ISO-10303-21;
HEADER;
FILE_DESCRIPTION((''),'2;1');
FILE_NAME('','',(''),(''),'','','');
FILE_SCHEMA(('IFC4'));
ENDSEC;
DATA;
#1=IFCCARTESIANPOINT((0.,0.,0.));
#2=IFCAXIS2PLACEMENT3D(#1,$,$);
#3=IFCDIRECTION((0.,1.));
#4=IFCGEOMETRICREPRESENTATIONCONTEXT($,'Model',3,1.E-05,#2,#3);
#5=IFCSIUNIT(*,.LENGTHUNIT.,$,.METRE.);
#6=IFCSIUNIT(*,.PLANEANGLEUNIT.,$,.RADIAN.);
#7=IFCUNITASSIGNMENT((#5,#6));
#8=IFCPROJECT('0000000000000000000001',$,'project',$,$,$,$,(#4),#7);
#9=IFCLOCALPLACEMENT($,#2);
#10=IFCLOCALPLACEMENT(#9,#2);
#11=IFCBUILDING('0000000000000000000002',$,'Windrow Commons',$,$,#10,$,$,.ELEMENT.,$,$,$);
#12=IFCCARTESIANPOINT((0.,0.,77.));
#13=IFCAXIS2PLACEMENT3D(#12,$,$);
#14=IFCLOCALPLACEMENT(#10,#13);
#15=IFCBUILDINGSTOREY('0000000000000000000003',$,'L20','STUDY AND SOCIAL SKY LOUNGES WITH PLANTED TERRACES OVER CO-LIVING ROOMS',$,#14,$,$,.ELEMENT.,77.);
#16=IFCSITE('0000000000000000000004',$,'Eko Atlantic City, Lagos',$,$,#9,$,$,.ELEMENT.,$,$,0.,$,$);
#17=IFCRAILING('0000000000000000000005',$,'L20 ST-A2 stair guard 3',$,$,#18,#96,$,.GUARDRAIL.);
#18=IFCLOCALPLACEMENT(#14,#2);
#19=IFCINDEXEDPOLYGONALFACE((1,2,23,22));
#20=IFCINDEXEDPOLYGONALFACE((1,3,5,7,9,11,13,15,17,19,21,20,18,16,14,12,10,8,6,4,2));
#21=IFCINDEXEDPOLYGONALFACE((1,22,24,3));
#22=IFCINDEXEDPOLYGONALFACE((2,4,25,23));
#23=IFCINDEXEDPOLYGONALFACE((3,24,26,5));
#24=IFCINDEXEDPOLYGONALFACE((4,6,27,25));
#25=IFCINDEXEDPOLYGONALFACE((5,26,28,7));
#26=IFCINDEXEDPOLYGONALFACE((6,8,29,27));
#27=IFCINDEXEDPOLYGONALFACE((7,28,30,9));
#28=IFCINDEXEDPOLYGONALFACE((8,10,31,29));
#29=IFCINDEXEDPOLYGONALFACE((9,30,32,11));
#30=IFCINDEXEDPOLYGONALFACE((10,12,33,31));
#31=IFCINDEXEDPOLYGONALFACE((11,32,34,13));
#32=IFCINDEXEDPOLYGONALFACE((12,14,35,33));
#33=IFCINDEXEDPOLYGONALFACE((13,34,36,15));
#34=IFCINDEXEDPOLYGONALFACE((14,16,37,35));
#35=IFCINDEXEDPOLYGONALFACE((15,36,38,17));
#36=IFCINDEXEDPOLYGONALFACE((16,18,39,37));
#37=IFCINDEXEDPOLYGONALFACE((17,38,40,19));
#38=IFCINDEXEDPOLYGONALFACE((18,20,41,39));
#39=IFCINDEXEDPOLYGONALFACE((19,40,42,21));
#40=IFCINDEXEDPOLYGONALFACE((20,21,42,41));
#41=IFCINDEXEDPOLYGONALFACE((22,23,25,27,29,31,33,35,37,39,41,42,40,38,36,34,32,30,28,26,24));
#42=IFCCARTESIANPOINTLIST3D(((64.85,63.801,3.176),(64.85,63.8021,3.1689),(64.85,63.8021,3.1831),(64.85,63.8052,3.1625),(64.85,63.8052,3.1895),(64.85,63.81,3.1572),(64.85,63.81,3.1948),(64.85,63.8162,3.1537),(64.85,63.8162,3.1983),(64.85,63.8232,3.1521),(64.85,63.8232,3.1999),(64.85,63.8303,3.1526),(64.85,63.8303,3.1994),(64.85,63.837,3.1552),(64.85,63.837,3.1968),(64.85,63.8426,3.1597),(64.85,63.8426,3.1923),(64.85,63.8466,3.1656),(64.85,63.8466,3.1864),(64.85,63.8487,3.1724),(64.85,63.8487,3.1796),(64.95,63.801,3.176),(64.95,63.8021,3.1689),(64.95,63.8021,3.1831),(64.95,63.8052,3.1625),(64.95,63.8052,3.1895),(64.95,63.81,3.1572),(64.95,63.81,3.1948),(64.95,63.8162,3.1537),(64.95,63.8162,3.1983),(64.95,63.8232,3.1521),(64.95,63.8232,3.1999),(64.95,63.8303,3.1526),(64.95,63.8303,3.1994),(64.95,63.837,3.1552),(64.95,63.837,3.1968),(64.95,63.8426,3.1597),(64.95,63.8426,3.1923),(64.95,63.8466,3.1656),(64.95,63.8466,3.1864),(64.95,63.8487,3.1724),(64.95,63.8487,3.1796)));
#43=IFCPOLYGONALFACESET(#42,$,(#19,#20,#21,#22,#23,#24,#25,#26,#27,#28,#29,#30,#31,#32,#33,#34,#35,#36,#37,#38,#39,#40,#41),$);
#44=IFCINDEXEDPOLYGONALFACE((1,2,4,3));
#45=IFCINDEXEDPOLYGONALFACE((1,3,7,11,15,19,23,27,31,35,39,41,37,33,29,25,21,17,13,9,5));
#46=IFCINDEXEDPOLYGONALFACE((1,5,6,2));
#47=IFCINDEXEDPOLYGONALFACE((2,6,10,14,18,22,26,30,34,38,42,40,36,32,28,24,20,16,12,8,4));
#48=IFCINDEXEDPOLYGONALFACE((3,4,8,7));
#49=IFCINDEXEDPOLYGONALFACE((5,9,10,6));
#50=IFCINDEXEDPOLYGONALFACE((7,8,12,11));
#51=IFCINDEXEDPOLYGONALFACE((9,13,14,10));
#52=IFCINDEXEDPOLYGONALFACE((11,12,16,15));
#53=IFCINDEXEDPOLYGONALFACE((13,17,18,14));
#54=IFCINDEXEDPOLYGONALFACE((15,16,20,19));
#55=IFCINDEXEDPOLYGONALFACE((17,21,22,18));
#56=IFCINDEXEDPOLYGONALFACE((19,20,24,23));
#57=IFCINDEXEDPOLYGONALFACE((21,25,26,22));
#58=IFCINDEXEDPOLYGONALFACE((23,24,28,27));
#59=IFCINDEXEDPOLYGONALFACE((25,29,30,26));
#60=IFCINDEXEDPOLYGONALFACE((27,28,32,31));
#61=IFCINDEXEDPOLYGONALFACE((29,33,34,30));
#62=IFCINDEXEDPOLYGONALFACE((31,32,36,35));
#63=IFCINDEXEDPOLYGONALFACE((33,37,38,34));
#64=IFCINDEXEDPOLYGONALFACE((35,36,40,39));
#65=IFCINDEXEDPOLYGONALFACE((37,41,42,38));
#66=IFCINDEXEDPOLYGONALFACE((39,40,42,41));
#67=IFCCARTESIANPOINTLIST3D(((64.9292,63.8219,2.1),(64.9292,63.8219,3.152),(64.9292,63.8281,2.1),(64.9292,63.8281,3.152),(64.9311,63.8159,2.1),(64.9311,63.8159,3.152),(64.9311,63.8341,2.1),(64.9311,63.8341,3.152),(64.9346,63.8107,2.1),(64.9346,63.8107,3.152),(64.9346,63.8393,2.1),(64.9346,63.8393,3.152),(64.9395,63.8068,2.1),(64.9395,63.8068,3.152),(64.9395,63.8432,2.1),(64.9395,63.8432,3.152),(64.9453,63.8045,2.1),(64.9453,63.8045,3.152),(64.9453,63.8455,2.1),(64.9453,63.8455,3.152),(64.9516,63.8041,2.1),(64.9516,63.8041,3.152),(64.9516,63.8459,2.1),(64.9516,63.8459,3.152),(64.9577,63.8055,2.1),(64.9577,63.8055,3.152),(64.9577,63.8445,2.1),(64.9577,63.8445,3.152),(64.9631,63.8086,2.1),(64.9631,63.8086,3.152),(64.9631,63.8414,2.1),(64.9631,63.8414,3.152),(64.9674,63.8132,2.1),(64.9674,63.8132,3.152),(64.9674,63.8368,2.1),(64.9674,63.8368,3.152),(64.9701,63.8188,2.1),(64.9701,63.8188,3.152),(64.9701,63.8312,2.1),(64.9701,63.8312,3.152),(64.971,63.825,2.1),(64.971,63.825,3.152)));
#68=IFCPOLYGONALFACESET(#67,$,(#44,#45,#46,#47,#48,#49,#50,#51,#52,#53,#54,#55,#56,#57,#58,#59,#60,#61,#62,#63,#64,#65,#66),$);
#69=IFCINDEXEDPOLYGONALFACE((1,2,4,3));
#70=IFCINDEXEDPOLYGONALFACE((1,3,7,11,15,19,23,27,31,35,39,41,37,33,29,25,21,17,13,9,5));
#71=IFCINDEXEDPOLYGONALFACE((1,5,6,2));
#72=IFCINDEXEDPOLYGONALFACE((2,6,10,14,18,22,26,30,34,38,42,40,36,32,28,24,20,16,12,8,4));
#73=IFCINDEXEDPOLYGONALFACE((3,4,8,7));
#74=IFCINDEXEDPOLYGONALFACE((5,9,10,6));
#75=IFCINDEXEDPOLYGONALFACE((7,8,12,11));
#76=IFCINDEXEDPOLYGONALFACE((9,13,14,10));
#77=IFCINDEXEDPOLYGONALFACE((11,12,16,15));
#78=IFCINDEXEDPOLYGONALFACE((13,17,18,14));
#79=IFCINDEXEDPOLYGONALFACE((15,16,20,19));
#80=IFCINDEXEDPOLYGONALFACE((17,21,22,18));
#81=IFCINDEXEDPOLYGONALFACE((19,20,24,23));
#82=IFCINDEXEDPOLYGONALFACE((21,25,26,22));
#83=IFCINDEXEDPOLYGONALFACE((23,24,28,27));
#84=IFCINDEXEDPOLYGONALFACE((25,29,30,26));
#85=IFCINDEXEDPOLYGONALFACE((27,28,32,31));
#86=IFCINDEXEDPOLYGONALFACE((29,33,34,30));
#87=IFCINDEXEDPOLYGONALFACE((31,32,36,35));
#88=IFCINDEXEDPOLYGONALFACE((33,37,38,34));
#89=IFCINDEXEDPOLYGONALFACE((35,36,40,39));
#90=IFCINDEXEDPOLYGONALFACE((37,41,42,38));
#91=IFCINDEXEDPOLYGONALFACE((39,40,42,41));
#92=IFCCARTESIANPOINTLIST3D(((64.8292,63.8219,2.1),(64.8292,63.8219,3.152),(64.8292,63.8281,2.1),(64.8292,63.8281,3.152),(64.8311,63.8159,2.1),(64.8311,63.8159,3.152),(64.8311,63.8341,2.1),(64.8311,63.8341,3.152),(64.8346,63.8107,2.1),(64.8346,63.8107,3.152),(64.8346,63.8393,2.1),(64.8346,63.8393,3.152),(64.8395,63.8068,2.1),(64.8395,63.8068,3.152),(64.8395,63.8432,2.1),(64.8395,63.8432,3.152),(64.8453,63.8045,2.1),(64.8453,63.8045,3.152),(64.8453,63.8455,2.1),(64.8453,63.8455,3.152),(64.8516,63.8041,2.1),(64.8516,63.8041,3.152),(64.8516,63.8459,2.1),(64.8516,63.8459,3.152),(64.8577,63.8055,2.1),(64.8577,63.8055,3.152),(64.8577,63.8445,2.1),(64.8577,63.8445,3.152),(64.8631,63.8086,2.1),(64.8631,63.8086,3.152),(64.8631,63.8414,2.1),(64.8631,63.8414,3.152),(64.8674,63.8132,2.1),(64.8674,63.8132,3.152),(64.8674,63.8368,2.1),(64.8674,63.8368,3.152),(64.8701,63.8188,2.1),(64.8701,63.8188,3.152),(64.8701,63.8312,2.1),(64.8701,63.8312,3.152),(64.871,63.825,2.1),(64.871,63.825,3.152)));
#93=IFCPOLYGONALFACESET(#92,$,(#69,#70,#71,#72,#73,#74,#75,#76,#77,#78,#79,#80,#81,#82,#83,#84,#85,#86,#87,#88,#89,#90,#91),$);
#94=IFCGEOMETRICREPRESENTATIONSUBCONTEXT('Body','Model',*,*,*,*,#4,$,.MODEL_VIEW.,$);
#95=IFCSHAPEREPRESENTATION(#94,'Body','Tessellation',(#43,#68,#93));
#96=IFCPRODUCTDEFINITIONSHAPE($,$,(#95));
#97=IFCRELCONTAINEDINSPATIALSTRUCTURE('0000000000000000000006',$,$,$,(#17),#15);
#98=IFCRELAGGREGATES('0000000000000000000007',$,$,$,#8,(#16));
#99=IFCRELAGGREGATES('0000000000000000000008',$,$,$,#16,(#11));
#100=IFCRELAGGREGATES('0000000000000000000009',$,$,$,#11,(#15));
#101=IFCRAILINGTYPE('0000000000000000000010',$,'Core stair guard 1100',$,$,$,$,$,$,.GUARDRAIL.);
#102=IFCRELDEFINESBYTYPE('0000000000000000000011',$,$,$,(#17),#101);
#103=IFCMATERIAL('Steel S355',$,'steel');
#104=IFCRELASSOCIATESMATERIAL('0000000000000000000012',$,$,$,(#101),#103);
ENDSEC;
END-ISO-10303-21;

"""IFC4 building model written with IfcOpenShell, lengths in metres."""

from ifc_helpers import new_model, si_unit, direction, frame, origin, origin_2d, place, context, subcontext, project, spatial, circle, extrude, material, type_object, element, save


model = new_model("IFC4")

# Units and contexts
model_context = context("Model", 3, precision=1e-05, world=origin(), true_north=direction((0.0, 1.0)))
body_context = subcontext(model_context, "Body", "Model", "MODEL_VIEW")
ifc_project = project(units=[si_unit("LENGTHUNIT", "METRE"), si_unit("PLANEANGLEUNIT", "RADIAN")], contexts=[model_context])

# Site, building, storey
site_placement = place(None, origin())
site = spatial("IfcSite", under=ifc_project, at=site_placement, Name="Eko Atlantic City, Lagos", CompositionType="ELEMENT", RefElevation=0.0)
building_placement = place(site_placement, origin())
building = spatial("IfcBuilding", under=site, at=building_placement, Name="Windrow Commons", CompositionType="ELEMENT")
storey_placement = place(building_placement, frame((0.0, 0.0, 77.0)))
storey = spatial("IfcBuildingStorey", under=building, at=storey_placement, Name="L20", Description="STUDY AND SOCIAL SKY LOUNGES WITH PLANTED TERRACES OVER CO-LIVING ROOMS", CompositionType="ELEMENT", Elevation=77.0)

# Railing
ifc_material_1 = material(Name="Steel S355", Category="steel")
railing_type_1 = type_object("IfcRailingType", Name="Core stair guard 1100", PredefinedType="GUARDRAIL", material=ifc_material_1)
railing_1_placement = place(storey_placement, frame((64.95, 63.825, 2.1)))
element("IfcRailing", 1, at=railing_1_placement, inside=storey, type_object=railing_type_1, Name="L20 ST-A2 stair guard 3", PredefinedType="GUARDRAIL", context=body_context, shape_type="SweptSolid", body=[
    extrude(circle(Radius=0.024, at=origin_2d()), frame((0.0, 0.0, 1.076), z_axis=(-1.0, 0.0, 0.0), x_axis=(0.0, -1.0, 0.0)), (0.0, 0.0, 1.0), 0.1),
    extrude(circle(Radius=0.021, at=origin_2d()), origin(), (0.0, 0.0, 1.0), 1.052),
    extrude(circle(Radius=0.021, at=origin_2d()), frame((-0.1, 0.0, 0.0)), (0.0, 0.0, 1.0), 1.052),
])

save(model, "model.ifc")
